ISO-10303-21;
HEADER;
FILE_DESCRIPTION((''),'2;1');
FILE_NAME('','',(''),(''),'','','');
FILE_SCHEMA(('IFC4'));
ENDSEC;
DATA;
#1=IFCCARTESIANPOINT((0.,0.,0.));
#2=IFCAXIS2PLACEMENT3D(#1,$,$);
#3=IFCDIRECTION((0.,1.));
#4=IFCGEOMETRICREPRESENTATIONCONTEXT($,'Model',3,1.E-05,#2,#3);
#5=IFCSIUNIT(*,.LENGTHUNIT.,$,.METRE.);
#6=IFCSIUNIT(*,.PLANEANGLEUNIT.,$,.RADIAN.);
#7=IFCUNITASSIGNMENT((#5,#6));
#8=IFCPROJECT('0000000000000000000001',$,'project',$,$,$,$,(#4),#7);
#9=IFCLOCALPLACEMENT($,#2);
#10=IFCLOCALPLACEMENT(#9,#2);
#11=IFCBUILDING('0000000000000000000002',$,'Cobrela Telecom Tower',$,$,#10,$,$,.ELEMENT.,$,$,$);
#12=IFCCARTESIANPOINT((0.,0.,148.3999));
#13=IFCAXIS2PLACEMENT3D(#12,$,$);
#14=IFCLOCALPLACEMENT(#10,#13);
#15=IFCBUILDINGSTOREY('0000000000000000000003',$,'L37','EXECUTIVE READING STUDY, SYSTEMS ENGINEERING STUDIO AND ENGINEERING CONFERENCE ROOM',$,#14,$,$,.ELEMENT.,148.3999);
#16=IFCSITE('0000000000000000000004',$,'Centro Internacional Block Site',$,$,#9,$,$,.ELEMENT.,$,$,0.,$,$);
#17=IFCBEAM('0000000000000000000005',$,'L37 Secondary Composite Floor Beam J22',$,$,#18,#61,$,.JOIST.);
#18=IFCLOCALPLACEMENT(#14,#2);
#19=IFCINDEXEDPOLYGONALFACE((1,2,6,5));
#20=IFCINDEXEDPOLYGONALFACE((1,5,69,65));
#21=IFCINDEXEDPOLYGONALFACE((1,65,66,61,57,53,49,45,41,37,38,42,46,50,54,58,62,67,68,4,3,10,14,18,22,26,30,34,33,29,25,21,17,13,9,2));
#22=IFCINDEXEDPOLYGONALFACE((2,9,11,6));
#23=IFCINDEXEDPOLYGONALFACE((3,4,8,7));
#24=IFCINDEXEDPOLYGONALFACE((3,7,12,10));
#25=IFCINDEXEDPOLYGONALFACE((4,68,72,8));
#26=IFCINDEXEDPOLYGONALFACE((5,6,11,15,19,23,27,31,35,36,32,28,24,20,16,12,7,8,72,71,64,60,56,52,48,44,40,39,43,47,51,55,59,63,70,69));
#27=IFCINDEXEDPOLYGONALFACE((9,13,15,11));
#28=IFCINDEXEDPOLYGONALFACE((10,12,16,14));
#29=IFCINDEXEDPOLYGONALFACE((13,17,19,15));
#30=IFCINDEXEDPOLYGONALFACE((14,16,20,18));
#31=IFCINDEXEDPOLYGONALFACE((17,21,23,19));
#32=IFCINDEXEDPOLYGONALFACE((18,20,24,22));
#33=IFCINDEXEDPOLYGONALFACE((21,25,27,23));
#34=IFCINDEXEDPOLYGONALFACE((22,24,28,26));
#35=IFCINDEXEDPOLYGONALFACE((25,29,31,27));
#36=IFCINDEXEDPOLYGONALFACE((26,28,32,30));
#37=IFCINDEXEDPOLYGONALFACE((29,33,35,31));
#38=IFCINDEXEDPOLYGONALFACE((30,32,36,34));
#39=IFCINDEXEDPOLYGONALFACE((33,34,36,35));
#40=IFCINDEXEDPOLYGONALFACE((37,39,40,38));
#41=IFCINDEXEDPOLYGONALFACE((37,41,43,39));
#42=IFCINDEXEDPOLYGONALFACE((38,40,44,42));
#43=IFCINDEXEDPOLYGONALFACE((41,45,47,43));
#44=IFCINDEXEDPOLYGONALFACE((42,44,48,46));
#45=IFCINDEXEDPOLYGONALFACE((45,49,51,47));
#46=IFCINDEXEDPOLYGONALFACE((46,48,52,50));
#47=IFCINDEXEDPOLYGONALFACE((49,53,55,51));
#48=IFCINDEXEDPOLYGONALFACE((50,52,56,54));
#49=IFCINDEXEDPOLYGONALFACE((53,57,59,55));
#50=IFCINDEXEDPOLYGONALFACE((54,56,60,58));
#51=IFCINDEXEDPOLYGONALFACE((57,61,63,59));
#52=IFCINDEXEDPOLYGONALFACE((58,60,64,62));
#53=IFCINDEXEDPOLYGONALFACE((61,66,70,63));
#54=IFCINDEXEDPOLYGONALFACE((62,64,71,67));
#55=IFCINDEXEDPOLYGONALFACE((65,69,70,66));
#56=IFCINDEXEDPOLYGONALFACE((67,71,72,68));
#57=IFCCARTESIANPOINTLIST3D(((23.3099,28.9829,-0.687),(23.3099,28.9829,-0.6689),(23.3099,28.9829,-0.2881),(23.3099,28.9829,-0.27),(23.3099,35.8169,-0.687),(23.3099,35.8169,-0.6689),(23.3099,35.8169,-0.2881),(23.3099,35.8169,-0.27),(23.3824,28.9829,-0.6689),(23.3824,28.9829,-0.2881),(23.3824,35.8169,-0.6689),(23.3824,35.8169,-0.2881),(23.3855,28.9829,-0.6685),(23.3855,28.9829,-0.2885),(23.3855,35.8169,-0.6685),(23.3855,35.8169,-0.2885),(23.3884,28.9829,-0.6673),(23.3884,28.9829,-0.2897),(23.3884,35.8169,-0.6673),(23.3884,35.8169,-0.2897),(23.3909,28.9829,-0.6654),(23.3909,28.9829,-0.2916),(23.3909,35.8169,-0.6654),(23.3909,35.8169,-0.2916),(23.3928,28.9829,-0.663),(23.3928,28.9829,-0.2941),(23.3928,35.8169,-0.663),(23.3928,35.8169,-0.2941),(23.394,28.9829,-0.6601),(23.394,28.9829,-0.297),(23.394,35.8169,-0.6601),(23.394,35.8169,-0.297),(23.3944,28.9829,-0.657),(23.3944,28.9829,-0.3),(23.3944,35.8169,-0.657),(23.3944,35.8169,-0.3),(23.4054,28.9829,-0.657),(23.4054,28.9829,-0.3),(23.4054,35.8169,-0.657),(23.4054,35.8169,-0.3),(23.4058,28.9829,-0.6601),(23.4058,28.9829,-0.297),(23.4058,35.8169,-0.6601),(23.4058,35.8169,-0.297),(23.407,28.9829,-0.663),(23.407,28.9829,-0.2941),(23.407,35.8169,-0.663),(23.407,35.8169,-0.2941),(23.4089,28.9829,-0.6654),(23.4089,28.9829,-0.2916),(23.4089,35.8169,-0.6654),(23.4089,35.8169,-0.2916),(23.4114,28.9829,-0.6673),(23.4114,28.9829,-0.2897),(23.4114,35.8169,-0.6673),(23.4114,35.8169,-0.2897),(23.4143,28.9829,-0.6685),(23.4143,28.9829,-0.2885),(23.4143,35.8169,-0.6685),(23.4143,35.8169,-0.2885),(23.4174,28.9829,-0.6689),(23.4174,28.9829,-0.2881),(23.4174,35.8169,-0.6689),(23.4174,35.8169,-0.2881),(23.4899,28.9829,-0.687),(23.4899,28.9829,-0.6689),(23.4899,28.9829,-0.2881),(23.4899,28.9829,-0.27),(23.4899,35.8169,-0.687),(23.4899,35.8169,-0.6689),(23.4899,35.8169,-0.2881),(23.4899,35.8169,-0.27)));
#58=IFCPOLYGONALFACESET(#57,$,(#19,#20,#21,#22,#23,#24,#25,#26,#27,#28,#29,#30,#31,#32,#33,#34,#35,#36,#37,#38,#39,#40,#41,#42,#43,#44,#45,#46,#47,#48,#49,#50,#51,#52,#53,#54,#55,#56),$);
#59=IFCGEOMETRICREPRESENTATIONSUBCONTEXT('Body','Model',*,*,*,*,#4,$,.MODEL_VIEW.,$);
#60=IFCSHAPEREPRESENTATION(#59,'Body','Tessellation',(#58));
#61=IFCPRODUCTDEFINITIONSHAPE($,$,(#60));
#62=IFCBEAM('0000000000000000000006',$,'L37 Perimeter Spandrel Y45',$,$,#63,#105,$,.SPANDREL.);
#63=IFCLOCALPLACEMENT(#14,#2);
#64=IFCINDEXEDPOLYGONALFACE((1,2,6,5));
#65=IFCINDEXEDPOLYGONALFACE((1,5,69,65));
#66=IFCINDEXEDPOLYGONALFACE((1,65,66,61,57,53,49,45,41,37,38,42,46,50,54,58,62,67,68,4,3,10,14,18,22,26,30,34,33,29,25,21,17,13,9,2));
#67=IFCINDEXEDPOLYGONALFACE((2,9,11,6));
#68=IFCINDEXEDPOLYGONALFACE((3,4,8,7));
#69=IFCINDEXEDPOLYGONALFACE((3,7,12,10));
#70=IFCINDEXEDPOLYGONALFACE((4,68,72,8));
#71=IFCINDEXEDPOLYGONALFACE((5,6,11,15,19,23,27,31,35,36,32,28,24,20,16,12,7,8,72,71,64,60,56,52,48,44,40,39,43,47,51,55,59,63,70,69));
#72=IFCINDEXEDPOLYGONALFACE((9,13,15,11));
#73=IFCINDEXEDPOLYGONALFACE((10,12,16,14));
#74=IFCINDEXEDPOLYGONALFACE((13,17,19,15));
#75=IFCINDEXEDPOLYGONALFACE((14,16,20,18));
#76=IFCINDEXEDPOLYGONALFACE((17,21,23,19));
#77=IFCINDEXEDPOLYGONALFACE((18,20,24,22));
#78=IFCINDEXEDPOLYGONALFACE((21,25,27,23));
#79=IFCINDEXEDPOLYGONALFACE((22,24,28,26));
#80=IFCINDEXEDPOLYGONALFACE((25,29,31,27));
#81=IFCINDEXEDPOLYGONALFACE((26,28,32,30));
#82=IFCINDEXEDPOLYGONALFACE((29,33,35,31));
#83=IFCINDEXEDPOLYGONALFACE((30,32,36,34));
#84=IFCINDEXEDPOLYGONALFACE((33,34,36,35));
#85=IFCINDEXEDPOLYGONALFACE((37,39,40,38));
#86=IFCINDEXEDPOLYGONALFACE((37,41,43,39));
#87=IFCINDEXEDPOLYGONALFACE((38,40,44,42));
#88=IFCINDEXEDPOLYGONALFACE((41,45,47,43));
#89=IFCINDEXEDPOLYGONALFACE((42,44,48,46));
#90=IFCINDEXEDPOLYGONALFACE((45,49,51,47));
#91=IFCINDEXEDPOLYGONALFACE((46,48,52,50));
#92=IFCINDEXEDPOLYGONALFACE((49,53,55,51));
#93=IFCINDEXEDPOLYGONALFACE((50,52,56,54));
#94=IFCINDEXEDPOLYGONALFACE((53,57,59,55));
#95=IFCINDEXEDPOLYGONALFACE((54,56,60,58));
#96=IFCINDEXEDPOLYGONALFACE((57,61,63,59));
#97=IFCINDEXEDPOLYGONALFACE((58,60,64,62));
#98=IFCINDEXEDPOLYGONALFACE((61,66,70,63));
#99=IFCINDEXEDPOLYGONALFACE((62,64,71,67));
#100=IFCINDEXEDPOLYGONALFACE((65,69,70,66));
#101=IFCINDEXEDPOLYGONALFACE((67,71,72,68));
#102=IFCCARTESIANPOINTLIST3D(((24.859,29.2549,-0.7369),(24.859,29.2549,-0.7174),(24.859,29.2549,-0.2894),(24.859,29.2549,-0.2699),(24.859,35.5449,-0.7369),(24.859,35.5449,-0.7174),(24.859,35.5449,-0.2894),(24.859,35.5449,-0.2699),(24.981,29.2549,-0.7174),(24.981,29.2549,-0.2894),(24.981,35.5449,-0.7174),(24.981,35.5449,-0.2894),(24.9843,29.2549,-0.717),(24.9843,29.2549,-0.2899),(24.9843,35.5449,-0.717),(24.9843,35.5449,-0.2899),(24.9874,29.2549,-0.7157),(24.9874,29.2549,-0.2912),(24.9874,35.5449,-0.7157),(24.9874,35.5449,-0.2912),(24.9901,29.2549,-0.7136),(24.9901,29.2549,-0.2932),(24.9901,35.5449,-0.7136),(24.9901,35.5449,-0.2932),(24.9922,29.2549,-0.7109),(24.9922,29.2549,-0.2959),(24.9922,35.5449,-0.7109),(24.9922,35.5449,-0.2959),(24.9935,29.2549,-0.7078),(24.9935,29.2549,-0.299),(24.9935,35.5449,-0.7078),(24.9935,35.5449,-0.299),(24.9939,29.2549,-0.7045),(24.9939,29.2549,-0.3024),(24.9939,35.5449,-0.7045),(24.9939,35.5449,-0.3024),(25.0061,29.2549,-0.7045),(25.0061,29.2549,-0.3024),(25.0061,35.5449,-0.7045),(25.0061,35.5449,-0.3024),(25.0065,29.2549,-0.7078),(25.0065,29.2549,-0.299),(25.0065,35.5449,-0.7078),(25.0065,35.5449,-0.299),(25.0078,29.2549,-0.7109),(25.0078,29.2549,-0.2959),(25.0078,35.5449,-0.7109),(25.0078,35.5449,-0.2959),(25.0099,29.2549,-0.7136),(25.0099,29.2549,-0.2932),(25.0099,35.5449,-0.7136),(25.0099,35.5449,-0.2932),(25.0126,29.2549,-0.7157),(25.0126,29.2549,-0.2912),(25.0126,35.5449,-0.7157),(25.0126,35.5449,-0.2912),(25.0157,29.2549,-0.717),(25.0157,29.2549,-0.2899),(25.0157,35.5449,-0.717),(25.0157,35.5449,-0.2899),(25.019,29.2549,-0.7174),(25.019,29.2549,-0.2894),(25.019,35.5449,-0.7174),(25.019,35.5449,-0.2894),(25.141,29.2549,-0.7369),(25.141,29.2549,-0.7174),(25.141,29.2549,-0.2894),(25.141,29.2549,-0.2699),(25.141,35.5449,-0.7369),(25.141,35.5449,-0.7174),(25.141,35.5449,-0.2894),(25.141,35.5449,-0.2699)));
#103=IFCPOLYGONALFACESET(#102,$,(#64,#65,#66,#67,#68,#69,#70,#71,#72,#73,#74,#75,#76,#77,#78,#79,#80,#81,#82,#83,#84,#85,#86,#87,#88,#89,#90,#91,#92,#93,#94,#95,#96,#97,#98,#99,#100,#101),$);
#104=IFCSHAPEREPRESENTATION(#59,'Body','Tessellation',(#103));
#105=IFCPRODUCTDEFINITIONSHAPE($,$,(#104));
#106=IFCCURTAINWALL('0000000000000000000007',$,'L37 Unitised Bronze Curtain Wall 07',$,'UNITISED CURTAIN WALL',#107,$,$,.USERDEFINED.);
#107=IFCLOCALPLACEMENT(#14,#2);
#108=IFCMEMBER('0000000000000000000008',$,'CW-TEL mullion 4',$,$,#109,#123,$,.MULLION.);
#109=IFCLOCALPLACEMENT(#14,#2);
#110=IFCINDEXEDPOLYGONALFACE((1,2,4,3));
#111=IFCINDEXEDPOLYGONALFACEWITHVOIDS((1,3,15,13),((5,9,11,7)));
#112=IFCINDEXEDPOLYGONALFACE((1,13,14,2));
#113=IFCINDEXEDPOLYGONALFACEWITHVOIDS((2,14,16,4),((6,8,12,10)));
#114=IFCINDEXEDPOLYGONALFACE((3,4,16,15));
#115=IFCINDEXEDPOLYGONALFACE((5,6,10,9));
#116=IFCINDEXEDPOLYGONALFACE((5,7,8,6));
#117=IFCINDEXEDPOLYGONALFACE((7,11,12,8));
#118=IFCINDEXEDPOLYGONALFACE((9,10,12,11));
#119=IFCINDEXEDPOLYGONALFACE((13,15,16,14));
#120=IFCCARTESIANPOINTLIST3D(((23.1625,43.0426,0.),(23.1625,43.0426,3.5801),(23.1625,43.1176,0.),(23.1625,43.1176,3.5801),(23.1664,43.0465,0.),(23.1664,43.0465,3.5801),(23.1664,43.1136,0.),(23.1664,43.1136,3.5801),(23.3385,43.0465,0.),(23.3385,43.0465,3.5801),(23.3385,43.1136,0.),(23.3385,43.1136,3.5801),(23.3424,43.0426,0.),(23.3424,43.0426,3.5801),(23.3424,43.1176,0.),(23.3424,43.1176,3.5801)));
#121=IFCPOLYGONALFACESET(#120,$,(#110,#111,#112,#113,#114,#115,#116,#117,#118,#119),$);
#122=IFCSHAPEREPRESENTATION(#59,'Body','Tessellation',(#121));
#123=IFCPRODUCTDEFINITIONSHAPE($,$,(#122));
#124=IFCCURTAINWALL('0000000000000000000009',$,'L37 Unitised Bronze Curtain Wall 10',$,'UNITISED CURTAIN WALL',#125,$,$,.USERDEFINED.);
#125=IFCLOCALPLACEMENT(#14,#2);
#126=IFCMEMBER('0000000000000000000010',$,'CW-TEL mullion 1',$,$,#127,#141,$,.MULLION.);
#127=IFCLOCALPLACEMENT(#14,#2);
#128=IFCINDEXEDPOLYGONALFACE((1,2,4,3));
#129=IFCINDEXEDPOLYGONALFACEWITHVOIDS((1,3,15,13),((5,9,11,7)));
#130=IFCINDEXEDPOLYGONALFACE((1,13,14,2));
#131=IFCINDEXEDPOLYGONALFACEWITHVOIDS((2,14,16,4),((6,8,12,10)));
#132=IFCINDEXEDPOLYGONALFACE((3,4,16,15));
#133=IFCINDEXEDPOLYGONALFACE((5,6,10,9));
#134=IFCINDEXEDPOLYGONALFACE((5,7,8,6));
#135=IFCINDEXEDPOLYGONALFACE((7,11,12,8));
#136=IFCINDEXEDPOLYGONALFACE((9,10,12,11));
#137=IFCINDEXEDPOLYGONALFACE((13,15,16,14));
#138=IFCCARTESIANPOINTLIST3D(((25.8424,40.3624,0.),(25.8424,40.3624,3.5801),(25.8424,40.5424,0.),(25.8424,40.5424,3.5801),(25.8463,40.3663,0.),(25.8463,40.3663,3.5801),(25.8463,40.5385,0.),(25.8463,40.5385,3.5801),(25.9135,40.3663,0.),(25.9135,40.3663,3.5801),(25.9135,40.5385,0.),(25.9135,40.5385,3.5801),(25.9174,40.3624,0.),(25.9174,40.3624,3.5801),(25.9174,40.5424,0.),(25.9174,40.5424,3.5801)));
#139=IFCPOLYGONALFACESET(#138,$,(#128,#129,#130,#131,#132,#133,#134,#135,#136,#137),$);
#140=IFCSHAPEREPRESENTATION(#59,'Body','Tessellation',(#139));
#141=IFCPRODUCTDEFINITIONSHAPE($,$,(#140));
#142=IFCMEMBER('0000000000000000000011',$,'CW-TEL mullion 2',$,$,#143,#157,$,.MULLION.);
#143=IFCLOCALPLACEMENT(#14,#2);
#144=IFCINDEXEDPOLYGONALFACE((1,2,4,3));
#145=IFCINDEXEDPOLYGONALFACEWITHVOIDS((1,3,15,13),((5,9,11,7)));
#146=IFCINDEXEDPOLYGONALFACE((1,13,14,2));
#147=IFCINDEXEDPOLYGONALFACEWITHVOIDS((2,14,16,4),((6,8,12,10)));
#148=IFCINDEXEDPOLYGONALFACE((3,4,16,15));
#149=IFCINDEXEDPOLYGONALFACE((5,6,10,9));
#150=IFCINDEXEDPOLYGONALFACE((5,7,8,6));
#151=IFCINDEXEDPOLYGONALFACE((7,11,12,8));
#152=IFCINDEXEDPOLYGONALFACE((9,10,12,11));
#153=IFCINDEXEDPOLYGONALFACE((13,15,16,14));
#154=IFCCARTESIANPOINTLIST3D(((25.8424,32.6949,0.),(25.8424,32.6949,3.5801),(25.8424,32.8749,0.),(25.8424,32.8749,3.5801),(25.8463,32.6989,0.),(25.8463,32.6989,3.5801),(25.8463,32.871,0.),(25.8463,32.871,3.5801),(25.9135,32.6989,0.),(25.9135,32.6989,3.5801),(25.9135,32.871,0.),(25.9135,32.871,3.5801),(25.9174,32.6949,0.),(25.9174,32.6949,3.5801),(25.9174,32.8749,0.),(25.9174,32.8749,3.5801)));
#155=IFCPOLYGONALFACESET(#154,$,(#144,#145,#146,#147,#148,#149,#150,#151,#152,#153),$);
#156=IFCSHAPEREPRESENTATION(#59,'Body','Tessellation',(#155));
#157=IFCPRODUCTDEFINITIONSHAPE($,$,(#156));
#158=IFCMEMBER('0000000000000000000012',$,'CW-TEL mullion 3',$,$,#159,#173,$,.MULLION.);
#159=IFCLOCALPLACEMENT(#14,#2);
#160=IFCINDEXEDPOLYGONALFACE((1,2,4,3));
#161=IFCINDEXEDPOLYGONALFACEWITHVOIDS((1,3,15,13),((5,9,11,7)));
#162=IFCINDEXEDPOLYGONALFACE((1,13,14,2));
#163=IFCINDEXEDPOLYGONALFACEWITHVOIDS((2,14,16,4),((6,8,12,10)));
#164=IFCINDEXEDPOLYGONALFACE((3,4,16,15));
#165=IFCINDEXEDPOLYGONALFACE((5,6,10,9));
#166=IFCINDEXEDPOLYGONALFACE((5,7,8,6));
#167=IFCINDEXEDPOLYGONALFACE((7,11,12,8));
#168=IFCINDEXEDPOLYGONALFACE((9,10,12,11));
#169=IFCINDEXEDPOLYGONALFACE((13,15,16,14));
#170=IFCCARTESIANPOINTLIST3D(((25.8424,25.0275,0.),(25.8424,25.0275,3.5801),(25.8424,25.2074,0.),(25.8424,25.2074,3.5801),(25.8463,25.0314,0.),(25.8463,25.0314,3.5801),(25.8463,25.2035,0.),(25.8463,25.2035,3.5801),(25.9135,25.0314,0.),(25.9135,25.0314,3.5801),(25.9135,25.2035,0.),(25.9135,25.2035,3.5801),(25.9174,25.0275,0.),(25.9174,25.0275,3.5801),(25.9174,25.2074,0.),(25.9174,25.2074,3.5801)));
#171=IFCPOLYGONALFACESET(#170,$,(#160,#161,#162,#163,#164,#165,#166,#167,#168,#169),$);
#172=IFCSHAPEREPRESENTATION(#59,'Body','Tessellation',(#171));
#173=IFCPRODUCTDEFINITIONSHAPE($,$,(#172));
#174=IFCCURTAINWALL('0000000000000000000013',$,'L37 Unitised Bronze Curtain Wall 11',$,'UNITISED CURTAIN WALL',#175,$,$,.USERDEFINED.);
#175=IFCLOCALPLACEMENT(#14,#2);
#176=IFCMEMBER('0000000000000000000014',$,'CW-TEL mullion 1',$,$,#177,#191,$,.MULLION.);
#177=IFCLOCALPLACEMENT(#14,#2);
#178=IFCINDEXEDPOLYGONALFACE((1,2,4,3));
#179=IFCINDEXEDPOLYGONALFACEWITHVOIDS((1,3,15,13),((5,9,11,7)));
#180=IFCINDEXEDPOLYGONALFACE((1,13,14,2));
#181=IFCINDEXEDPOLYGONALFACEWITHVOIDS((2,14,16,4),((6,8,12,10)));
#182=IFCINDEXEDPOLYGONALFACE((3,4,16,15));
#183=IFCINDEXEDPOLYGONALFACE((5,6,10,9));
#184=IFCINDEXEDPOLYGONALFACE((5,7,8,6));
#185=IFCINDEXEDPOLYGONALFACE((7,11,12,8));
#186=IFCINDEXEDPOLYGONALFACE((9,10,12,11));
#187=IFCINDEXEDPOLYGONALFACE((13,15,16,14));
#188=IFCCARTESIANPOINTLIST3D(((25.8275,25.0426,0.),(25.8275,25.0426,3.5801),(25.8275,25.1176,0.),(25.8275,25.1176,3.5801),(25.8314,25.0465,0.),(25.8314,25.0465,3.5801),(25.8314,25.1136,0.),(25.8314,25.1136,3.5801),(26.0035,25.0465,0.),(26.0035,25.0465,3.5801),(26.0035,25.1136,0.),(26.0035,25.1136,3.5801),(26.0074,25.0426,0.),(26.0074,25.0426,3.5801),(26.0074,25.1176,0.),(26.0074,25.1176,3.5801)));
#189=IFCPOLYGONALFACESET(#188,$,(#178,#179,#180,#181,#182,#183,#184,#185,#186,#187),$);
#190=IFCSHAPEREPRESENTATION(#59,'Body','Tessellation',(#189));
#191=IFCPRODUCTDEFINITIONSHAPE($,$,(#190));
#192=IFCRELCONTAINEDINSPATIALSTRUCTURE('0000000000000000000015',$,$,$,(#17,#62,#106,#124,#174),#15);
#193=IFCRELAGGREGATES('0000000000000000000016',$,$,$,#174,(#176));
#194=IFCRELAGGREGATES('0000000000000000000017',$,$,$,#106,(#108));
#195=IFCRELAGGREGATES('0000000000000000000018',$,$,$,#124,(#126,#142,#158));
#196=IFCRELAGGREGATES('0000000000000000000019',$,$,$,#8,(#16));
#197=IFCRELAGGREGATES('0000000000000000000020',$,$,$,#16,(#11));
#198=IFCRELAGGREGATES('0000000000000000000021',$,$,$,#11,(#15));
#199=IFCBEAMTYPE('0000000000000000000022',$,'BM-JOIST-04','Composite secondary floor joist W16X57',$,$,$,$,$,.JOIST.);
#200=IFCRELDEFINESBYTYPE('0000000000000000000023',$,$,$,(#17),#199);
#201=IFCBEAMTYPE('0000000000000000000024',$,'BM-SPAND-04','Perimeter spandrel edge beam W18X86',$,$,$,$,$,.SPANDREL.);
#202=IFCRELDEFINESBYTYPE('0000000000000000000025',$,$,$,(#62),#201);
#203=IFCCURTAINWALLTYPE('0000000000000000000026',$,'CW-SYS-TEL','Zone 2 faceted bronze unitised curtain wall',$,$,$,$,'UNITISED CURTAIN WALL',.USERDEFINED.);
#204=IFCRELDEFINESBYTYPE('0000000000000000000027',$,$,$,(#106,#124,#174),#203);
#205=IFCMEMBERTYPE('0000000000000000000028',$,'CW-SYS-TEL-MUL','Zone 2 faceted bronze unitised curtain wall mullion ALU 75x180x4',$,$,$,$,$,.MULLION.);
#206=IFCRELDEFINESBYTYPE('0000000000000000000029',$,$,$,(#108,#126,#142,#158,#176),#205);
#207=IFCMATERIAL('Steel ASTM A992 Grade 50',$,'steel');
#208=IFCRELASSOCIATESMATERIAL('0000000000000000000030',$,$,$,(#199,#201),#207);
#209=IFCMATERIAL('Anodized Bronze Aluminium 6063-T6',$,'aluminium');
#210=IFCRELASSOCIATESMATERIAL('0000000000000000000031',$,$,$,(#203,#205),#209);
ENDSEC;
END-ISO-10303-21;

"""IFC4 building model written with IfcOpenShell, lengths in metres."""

from ifc_helpers import new_model, si_unit, direction, frame, origin, origin_2d, place, context, subcontext, project, spatial, hollow_rectangle, i_section, extrude, material, material_profile, profile_set, type_object, element, aggregate, save


model = new_model("IFC4")

# Units and contexts
model_context = context("Model", 3, precision=1e-05, world=origin(), true_north=direction((0.0, 1.0)))
body_context = subcontext(model_context, "Body", "Model", "MODEL_VIEW")
ifc_project = project(units=[si_unit("LENGTHUNIT", "METRE"), si_unit("PLANEANGLEUNIT", "RADIAN")], contexts=[model_context])

# Site, building, storey
site_placement = place(None, origin())
site = spatial("IfcSite", under=ifc_project, at=site_placement, Name="Centro Internacional Block Site", CompositionType="ELEMENT", RefElevation=0.0)
building_placement = place(site_placement, origin())
building = spatial("IfcBuilding", under=site, at=building_placement, Name="Cobrela Telecom Tower", CompositionType="ELEMENT")
storey_placement = place(building_placement, frame((0.0, 0.0, 148.3999)))
storey = spatial("IfcBuildingStorey", under=building, at=storey_placement, Name="L37", Description="EXECUTIVE READING STUDY, SYSTEMS ENGINEERING STUDIO AND ENGINEERING CONFERENCE ROOM", CompositionType="ELEMENT", Elevation=148.3999)

# Shared definitions
ifc_material_1 = material(Name="Steel ASTM A992 Grade 50", Category="steel")

# Beams
ifc_material_profile_1 = material_profile(ifc_material_1, i_section(OverallWidth=0.1799, OverallDepth=0.417, WebThickness=0.011, FlangeThickness=0.0181, FilletRadius=0.012, at=origin_2d()), Name="W16X57")
ifc_profile_set_1 = profile_set([ifc_material_profile_1], Name="Steel ASTM A992 Grade 50")
beam_type_1 = type_object("IfcBeamType", Name="BM-JOIST-04", Description="Composite secondary floor joist W16X57", PredefinedType="JOIST", material=ifc_profile_set_1)
for number, where, z_axis, x_axis, name in (
    (1, (23.3999, 28.9829, -0.4785), (0.0, 1.0, 0.0), (-1.0, 0.0, 0.0), "L37 Secondary Composite Floor Beam J22"),
):
    element("IfcBeam", number, at=place(storey_placement, frame(where, z_axis=z_axis, x_axis=x_axis)), inside=storey, type_object=beam_type_1, Name=name, PredefinedType="JOIST", context=body_context, shape_type="SweptSolid", body=[
        extrude(i_section(OverallWidth=0.1799, OverallDepth=0.417, WebThickness=0.011, FlangeThickness=0.0181, FilletRadius=0.012, at=origin_2d()), origin(), (0.0, 0.0, 1.0), 6.834),
    ])
ifc_material_profile_2 = material_profile(ifc_material_1, i_section(OverallWidth=0.282, OverallDepth=0.467, WebThickness=0.0122, FlangeThickness=0.0195, FilletRadius=0.0129, at=origin_2d()), Name="W18X86")
ifc_profile_set_2 = profile_set([ifc_material_profile_2], Name="Steel ASTM A992 Grade 50")
beam_type_2 = type_object("IfcBeamType", Name="BM-SPAND-04", Description="Perimeter spandrel edge beam W18X86", PredefinedType="SPANDREL", material=ifc_profile_set_2)
beam_1_placement = place(storey_placement, frame((25.0, 29.2549, -0.5034), z_axis=(0.0, 1.0, 0.0), x_axis=(-1.0, 0.0, 0.0)))
element("IfcBeam", 2, at=beam_1_placement, inside=storey, type_object=beam_type_2, Name="L37 Perimeter Spandrel Y45", PredefinedType="SPANDREL", context=body_context, shape_type="SweptSolid", body=[
    extrude(i_section(OverallWidth=0.282, OverallDepth=0.467, WebThickness=0.0122, FlangeThickness=0.0195, FilletRadius=0.0129, at=origin_2d()), origin(), (0.0, 0.0, 1.0), 6.29),
])

# Curtain wall, member
ifc_material_2 = material(Name="Anodized Bronze Aluminium 6063-T6", Category="aluminium")
curtain_wall_type = type_object("IfcCurtainWallType", Name="CW-SYS-TEL", Description="Zone 2 faceted bronze unitised curtain wall", ElementType="UNITISED CURTAIN WALL", PredefinedType="USERDEFINED", material=ifc_material_2)
curtain_wall_1_placement = place(storey_placement, origin())
curtain_wall_1 = element("IfcCurtainWall", 3, at=curtain_wall_1_placement, inside=storey, type_object=curtain_wall_type, Name="L37 Unitised Bronze Curtain Wall 07", ObjectType="UNITISED CURTAIN WALL", PredefinedType="USERDEFINED")
ifc_material_profile_3 = material_profile(ifc_material_2, hollow_rectangle(XDim=0.075, YDim=0.1799, WallThickness=0.0039, at=origin_2d()), Name="ALU 75x180x4")
ifc_profile_set_3 = profile_set([ifc_material_profile_3], Name="Anodized Bronze Aluminium 6063-T6")
member_type_1 = type_object("IfcMemberType", Name="CW-SYS-TEL-MUL", Description="Zone 2 faceted bronze unitised curtain wall mullion ALU 75x180x4", PredefinedType="MULLION", material=ifc_profile_set_3)
member_1_placement = place(storey_placement, frame((23.2524, 43.0801, 0.0), z_axis=(0.0, 0.0, 1.0), x_axis=(0.0, 1.0, 0.0)))
member_1 = element("IfcMember", 4, at=member_1_placement, type_object=member_type_1, Name="CW-TEL mullion 4", PredefinedType="MULLION", context=body_context, shape_type="SweptSolid", body=[
    extrude(hollow_rectangle(XDim=0.075, YDim=0.1799, WallThickness=0.0039, at=origin_2d()), origin(), (0.0, 0.0, 1.0), 3.5801),
])

# Curtain wall, members
curtain_wall_2_placement = place(storey_placement, origin())
curtain_wall_2 = element("IfcCurtainWall", 5, at=curtain_wall_2_placement, inside=storey, type_object=curtain_wall_type, Name="L37 Unitised Bronze Curtain Wall 10", ObjectType="UNITISED CURTAIN WALL", PredefinedType="USERDEFINED")
member_2_placement = place(storey_placement, frame((25.8799, 40.4524, 0.0), z_axis=(0.0, 0.0, 1.0), x_axis=(1.0, 0.0, 0.0)))
member_2 = element("IfcMember", 6, at=member_2_placement, type_object=member_type_1, Name="CW-TEL mullion 1", PredefinedType="MULLION", context=body_context, shape_type="SweptSolid", body=[
    extrude(hollow_rectangle(XDim=0.075, YDim=0.1799, WallThickness=0.0039, at=origin_2d()), origin(), (0.0, 0.0, 1.0), 3.5801),
])
member_3_placement = place(storey_placement, frame((25.8799, 32.7849, 0.0), z_axis=(0.0, 0.0, 1.0), x_axis=(1.0, 0.0, 0.0)))
member_3 = element("IfcMember", 7, at=member_3_placement, type_object=member_type_1, Name="CW-TEL mullion 2", PredefinedType="MULLION", context=body_context, shape_type="SweptSolid", body=[
    extrude(hollow_rectangle(XDim=0.075, YDim=0.1799, WallThickness=0.0039, at=origin_2d()), origin(), (0.0, 0.0, 1.0), 3.5801),
])
member_4_placement = place(storey_placement, frame((25.8799, 25.1174, 0.0), z_axis=(0.0, 0.0, 1.0), x_axis=(1.0, 0.0, 0.0)))
member_4 = element("IfcMember", 8, at=member_4_placement, type_object=member_type_1, Name="CW-TEL mullion 3", PredefinedType="MULLION", context=body_context, shape_type="SweptSolid", body=[
    extrude(hollow_rectangle(XDim=0.075, YDim=0.1799, WallThickness=0.0039, at=origin_2d()), origin(), (0.0, 0.0, 1.0), 3.5801),
])

# Curtain wall, member
curtain_wall_3_placement = place(storey_placement, origin())
curtain_wall_3 = element("IfcCurtainWall", 9, at=curtain_wall_3_placement, inside=storey, type_object=curtain_wall_type, Name="L37 Unitised Bronze Curtain Wall 11", ObjectType="UNITISED CURTAIN WALL", PredefinedType="USERDEFINED")
member_5_placement = place(storey_placement, frame((25.9175, 25.0801, 0.0), z_axis=(0.0, 0.0, 1.0), x_axis=(0.0, 1.0, 0.0)))
member_5 = element("IfcMember", 10, at=member_5_placement, type_object=member_type_1, Name="CW-TEL mullion 1", PredefinedType="MULLION", context=body_context, shape_type="SweptSolid", body=[
    extrude(hollow_rectangle(XDim=0.075, YDim=0.1799, WallThickness=0.0039, at=origin_2d()), origin(), (0.0, 0.0, 1.0), 3.5801),
])

aggregate(curtain_wall_3, [member_5])

aggregate(curtain_wall_1, [member_1])
aggregate(curtain_wall_2, [member_2, member_3, member_4])

save(model, "model.ifc")
